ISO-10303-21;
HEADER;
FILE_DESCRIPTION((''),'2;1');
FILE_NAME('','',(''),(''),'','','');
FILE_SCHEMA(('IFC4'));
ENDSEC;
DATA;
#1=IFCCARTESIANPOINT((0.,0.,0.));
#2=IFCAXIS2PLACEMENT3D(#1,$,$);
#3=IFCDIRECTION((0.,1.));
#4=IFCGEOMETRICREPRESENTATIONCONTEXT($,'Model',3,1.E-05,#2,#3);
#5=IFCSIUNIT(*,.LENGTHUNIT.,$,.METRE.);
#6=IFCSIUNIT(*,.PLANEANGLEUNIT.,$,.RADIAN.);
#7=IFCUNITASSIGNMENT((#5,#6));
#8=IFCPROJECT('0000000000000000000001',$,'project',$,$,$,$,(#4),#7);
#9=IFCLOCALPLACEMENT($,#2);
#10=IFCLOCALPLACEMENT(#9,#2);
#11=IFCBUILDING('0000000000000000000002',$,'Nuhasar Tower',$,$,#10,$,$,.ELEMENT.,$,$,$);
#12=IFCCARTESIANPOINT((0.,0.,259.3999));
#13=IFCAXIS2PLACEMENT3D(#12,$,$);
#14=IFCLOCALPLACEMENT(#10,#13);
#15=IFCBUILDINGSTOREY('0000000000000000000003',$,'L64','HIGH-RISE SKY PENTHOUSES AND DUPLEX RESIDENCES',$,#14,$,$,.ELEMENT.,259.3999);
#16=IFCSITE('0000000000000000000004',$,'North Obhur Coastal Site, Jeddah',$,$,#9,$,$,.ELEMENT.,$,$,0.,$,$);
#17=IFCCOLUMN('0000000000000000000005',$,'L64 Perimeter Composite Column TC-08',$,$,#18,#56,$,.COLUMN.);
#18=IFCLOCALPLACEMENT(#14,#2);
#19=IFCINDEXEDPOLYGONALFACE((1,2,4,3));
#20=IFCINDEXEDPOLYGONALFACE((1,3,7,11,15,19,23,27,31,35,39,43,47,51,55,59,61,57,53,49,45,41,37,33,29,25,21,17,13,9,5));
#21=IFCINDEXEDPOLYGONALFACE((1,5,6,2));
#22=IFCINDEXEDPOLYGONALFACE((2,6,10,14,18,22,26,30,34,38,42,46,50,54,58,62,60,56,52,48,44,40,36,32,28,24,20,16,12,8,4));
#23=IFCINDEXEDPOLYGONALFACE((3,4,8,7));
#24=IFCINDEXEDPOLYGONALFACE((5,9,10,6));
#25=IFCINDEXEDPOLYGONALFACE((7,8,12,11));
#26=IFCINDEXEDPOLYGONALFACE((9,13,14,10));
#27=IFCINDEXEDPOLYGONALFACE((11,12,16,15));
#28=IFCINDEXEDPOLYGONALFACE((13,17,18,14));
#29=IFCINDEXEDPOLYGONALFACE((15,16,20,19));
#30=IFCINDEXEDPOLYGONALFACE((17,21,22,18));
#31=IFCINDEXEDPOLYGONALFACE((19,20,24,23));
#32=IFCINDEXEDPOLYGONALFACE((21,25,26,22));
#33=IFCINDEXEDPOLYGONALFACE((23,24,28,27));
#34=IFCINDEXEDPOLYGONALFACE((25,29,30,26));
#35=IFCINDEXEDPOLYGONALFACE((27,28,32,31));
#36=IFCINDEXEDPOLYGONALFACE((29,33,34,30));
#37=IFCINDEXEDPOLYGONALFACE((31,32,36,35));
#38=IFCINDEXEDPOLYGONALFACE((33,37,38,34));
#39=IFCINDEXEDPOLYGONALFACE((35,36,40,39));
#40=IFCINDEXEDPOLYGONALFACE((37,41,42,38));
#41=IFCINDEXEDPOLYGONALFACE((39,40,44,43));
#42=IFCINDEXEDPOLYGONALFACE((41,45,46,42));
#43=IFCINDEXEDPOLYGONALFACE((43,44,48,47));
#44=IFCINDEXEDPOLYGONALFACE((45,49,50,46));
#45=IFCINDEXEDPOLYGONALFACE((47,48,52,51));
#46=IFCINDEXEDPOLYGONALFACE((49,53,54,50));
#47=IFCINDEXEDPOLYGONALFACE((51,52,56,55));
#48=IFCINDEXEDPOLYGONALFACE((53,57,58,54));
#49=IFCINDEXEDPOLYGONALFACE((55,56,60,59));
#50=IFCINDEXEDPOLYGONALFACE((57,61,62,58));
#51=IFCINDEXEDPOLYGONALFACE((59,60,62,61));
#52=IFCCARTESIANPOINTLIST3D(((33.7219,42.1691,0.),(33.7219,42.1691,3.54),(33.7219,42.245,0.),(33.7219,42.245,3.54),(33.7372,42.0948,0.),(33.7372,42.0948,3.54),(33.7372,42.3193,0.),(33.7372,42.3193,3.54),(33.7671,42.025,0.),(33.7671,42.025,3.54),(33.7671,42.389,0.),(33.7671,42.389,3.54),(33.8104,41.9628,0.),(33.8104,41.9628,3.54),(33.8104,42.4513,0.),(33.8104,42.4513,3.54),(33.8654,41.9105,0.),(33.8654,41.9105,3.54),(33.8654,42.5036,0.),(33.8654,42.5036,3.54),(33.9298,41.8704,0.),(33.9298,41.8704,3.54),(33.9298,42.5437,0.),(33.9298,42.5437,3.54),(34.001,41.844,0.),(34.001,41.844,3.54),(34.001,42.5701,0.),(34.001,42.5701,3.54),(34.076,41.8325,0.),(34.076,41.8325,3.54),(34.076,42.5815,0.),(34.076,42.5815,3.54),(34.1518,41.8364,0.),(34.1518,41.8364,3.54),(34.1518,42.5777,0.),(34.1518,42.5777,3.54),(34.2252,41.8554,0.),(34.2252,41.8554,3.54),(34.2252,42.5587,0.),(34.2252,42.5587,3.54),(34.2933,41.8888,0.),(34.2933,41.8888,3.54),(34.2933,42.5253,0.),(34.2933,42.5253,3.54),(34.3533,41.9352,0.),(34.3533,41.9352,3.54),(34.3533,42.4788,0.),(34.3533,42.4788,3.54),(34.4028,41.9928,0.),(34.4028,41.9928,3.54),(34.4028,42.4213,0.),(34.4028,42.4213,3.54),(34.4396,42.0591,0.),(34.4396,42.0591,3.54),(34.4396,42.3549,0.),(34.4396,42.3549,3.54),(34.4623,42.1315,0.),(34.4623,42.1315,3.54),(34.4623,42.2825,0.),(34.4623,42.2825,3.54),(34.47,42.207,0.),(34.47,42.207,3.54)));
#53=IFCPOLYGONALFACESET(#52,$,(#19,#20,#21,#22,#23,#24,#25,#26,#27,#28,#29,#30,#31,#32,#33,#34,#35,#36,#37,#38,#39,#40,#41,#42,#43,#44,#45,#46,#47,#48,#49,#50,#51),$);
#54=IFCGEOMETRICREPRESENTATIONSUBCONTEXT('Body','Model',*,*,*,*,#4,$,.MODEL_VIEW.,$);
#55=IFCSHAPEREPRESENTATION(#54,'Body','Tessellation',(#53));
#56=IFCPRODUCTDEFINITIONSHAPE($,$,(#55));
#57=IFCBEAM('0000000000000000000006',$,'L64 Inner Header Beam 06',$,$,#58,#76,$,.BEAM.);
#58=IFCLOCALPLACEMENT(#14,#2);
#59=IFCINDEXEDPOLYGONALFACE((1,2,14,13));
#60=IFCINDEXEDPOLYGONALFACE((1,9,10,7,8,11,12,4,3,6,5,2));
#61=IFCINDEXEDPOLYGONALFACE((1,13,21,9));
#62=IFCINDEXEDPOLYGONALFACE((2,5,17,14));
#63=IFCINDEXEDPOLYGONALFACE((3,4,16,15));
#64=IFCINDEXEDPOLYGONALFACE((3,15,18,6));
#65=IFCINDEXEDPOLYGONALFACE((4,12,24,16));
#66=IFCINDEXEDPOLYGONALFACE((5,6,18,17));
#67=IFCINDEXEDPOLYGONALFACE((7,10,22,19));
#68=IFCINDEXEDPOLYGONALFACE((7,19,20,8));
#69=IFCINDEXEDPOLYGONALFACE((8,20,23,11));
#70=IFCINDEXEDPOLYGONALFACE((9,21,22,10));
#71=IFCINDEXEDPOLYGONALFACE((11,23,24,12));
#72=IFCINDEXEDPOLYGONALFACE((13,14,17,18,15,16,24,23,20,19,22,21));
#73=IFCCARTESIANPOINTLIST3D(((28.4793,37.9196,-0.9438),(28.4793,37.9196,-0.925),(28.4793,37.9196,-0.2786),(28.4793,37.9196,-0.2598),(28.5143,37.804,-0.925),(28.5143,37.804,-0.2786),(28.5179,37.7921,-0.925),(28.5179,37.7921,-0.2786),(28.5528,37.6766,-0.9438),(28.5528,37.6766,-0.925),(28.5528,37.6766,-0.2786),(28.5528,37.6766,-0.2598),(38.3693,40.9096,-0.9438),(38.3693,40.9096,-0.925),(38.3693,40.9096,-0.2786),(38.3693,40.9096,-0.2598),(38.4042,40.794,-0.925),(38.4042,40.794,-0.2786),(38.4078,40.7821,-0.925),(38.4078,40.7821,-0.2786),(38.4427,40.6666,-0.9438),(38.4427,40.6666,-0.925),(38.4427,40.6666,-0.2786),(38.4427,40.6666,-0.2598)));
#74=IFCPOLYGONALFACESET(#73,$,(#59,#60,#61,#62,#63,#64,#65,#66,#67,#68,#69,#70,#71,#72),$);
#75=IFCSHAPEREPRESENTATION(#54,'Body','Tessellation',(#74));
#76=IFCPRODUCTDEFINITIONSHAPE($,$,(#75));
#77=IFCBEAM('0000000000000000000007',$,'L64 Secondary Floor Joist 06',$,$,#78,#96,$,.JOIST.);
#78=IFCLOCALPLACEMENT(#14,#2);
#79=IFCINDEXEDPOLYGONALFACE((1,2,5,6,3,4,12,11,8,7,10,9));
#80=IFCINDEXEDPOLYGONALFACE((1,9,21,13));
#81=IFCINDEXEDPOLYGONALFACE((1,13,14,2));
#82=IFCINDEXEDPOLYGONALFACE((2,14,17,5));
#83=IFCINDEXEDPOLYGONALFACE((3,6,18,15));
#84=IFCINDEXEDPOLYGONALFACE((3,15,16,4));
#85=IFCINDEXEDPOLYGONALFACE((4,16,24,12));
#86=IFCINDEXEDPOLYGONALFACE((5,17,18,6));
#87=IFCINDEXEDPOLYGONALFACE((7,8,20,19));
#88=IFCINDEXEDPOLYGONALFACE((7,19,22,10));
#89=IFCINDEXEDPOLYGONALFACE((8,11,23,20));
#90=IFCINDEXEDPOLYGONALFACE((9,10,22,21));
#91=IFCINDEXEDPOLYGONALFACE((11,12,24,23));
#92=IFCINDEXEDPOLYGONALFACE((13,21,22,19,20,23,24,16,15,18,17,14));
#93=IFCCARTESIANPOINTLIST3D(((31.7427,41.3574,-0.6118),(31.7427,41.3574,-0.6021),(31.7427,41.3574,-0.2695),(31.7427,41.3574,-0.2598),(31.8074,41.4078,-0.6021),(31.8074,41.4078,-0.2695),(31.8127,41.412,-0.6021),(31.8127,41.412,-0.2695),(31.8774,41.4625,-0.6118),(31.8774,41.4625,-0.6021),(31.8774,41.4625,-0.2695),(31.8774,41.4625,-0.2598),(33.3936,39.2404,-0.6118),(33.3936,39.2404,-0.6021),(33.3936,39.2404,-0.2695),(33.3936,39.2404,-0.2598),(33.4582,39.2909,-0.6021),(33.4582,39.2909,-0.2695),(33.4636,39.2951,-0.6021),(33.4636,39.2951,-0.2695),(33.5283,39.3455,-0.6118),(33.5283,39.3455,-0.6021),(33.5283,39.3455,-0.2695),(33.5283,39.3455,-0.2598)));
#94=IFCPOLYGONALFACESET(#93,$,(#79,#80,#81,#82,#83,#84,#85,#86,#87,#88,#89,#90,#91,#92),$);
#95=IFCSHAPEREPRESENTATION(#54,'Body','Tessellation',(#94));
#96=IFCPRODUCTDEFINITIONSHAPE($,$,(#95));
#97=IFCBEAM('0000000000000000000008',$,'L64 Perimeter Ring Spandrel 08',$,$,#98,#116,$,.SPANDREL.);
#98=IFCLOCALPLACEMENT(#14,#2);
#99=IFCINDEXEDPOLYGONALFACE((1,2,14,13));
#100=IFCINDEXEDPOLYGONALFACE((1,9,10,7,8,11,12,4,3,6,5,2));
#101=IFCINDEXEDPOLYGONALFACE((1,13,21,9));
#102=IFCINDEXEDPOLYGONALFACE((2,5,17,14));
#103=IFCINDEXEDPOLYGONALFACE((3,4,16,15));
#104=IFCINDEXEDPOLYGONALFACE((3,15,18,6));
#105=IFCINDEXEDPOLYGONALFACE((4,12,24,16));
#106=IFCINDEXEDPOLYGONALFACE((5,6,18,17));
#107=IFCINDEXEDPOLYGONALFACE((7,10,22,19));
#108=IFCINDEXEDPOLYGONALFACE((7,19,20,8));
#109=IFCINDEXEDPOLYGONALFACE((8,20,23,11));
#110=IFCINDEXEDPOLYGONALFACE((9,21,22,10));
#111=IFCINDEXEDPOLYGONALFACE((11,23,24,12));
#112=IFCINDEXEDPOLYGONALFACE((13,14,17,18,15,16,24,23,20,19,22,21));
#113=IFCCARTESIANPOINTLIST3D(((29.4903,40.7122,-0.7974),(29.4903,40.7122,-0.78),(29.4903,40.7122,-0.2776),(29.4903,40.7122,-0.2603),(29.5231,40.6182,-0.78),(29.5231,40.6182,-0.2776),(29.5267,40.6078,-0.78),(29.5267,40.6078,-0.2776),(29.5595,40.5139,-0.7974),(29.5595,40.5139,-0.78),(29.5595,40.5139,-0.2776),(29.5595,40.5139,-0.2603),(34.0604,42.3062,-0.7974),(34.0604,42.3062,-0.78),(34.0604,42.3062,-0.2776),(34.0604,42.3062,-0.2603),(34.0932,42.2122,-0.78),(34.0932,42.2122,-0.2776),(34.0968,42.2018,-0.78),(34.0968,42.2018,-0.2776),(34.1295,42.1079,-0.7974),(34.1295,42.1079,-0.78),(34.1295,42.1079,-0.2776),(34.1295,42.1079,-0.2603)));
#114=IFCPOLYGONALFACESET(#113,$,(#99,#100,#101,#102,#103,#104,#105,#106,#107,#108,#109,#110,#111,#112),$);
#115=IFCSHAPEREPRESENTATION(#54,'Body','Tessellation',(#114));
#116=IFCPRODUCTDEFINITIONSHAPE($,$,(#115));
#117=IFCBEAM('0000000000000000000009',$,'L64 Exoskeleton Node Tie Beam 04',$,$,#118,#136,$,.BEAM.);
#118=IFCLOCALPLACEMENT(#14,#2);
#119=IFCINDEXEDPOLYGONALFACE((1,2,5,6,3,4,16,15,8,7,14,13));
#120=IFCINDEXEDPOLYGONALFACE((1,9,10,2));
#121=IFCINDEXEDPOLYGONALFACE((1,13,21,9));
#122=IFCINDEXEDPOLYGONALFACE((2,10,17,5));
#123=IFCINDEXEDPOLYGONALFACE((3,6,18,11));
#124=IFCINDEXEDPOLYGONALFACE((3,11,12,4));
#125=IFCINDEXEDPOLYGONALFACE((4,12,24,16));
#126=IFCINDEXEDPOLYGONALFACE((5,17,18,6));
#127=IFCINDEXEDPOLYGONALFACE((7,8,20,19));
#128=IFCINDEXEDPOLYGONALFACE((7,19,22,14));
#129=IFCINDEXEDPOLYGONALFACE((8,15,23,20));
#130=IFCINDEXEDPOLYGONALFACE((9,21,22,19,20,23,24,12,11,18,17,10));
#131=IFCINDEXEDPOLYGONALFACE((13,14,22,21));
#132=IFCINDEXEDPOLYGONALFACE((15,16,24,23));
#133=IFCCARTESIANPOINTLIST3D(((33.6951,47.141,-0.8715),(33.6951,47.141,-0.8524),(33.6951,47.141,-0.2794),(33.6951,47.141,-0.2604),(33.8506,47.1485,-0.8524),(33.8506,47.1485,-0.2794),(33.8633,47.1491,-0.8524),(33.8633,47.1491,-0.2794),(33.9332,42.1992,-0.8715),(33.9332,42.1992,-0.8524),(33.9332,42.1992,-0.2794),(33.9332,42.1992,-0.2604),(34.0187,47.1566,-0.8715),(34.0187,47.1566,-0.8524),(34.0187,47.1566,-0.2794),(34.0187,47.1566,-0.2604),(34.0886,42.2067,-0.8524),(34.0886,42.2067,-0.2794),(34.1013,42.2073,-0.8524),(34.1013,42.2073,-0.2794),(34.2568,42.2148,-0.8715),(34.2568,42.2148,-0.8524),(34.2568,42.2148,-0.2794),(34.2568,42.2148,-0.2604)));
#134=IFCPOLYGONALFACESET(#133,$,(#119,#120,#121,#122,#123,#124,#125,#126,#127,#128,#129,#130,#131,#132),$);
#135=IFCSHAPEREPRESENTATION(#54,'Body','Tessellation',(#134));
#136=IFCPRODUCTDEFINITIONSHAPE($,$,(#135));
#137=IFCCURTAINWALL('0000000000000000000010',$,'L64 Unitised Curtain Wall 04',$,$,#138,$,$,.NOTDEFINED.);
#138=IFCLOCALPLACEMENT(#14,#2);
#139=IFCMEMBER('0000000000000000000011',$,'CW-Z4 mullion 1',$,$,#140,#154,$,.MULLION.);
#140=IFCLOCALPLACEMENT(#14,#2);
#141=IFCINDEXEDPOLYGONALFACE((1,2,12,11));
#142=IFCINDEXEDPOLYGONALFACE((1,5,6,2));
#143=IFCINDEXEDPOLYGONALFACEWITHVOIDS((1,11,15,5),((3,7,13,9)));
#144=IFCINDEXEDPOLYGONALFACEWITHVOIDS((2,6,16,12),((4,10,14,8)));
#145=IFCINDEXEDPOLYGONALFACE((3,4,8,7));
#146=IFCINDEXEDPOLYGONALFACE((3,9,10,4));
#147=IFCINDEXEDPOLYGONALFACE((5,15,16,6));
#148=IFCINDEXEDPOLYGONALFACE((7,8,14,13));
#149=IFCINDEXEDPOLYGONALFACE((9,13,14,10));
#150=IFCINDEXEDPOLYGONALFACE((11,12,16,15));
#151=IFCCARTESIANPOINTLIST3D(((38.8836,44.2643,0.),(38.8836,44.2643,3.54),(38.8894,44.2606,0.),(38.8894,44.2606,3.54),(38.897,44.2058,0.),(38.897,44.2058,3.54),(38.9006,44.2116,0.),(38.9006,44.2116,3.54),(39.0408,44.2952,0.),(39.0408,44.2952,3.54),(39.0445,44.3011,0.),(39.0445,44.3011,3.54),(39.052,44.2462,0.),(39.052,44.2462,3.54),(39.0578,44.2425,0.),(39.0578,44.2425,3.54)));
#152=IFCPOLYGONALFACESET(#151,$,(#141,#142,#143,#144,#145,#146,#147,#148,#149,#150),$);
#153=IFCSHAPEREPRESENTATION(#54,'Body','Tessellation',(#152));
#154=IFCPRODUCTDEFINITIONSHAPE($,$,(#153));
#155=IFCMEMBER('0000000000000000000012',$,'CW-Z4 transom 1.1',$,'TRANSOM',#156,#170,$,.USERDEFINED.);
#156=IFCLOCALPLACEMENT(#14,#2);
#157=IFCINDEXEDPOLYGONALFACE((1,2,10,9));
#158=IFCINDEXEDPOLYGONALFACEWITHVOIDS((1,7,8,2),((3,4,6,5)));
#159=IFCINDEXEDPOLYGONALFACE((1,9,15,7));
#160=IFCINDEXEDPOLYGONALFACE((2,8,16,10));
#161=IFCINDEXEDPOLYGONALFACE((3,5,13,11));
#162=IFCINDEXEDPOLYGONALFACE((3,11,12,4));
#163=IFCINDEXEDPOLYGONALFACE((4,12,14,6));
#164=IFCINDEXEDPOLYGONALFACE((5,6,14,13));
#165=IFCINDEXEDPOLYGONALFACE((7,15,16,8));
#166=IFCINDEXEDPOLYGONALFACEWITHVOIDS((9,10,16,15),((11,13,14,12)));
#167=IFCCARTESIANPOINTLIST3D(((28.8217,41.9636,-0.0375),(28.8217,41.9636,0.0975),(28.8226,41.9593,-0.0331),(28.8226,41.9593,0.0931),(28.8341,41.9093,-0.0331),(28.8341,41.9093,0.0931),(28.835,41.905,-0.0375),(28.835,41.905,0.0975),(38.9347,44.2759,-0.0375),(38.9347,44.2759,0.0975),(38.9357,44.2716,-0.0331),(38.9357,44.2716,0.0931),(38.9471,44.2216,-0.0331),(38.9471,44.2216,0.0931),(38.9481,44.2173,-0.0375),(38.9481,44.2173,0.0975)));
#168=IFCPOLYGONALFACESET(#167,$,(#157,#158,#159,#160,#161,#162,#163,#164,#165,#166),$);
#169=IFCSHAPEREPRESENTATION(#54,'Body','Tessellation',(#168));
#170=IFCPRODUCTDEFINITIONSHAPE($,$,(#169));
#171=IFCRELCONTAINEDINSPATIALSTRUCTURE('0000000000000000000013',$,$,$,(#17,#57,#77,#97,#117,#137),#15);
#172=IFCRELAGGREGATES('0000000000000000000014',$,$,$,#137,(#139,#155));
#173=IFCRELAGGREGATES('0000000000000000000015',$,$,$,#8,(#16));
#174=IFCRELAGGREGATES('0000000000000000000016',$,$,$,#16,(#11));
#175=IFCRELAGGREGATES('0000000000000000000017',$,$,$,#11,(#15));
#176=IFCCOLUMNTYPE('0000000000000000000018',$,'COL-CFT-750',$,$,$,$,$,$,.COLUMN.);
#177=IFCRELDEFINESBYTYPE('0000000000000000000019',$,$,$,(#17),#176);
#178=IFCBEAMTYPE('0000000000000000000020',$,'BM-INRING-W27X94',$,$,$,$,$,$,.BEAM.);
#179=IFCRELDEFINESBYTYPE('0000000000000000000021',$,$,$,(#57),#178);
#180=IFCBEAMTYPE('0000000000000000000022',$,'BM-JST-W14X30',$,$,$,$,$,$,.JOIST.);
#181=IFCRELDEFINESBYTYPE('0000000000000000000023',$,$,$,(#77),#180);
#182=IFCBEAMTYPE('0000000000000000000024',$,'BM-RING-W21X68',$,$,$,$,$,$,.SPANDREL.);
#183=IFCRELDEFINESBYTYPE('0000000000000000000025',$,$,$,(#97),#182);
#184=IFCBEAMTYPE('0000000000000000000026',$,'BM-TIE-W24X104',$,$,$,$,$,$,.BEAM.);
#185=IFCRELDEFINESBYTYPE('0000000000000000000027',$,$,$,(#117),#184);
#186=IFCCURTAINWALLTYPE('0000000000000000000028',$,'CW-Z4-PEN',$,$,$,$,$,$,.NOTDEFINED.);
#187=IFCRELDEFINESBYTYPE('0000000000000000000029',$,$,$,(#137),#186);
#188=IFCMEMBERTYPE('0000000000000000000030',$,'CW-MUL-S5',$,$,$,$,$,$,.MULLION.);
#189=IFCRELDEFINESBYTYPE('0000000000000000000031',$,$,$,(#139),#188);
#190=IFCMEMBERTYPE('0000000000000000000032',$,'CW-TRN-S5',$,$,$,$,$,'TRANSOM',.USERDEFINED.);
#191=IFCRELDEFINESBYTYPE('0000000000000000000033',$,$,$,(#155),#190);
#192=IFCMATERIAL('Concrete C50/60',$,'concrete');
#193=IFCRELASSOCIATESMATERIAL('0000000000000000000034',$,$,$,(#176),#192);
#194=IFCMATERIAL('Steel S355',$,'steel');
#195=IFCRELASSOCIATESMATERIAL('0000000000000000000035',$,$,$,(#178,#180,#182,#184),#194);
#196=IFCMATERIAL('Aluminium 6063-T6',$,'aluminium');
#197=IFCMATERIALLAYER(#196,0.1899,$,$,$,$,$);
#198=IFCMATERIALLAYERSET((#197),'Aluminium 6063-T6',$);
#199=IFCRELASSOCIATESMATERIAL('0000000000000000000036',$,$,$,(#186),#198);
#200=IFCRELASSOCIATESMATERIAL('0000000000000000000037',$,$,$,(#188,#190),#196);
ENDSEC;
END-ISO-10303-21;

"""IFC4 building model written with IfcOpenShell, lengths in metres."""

from ifc_helpers import new_model, si_unit, direction, frame, origin, origin_2d, place, context, subcontext, project, spatial, hollow_rectangle, circle, i_section, extrude, material, layer, layer_set, material_profile, profile_set, type_object, element, aggregate, save


model = new_model("IFC4")

# Units and contexts
model_context = context("Model", 3, precision=1e-05, world=origin(), true_north=direction((0.0, 1.0)))
body_context = subcontext(model_context, "Body", "Model", "MODEL_VIEW")
ifc_project = project(units=[si_unit("LENGTHUNIT", "METRE"), si_unit("PLANEANGLEUNIT", "RADIAN")], contexts=[model_context])

# Site, building, storey
site_placement = place(None, origin())
site = spatial("IfcSite", under=ifc_project, at=site_placement, Name="North Obhur Coastal Site, Jeddah", CompositionType="ELEMENT", RefElevation=0.0)
building_placement = place(site_placement, origin())
building = spatial("IfcBuilding", under=site, at=building_placement, Name="Nuhasar Tower", CompositionType="ELEMENT")
storey_placement = place(building_placement, frame((0.0, 0.0, 259.3999)))
storey = spatial("IfcBuildingStorey", under=building, at=storey_placement, Name="L64", Description="HIGH-RISE SKY PENTHOUSES AND DUPLEX RESIDENCES", CompositionType="ELEMENT", Elevation=259.3999)

# Column
ifc_material_1 = material(Name="Concrete C50/60", Category="concrete")
ifc_material_profile_1 = material_profile(ifc_material_1, circle(Radius=0.375, at=origin_2d()), Name="CFT750")
ifc_profile_set_1 = profile_set([ifc_material_profile_1], Name="Concrete C50/60")
column_type = type_object("IfcColumnType", Name="COL-CFT-750", PredefinedType="COLUMN", material=ifc_profile_set_1)
column_placement = place(storey_placement, frame((34.095, 42.207, 0.0), z_axis=(0.0, 0.0, 1.0), x_axis=(1.0, 0.0, 0.0)))
element("IfcColumn", 1, at=column_placement, inside=storey, type_object=column_type, Name="L64 Perimeter Composite Column TC-08", PredefinedType="COLUMN", context=body_context, shape_type="SweptSolid", body=[
    extrude(circle(Radius=0.375, at=origin_2d()), origin(), (0.0, 0.0, 1.0), 3.54),
])

# Beams
ifc_material_2 = material(Name="Steel S355", Category="steel")
ifc_material_profile_2 = material_profile(ifc_material_2, i_section(OverallWidth=0.2539, OverallDepth=0.6841, WebThickness=0.0125, FlangeThickness=0.0188, at=origin_2d()), Name="W27X94")
ifc_profile_set_2 = profile_set([ifc_material_profile_2], Name="Steel S355")
beam_type_1 = type_object("IfcBeamType", Name="BM-INRING-W27X94", PredefinedType="BEAM", material=ifc_profile_set_2)
beam_1_placement = place(storey_placement, frame((38.406, 40.7881, -0.6018), z_axis=(-0.957211, -0.289392, 0.0), x_axis=(0.289392, -0.957211, 0.0)))
element("IfcBeam", 2, at=beam_1_placement, inside=storey, type_object=beam_type_1, Name="L64 Inner Header Beam 06", PredefinedType="BEAM", context=body_context, shape_type="SweptSolid", body=[
    extrude(i_section(OverallWidth=0.2539, OverallDepth=0.6841, WebThickness=0.0125, FlangeThickness=0.0188, at=origin_2d()), origin(), (0.0, 0.0, 1.0), 10.332),
])
ifc_material_profile_3 = material_profile(ifc_material_2, i_section(OverallWidth=0.1709, OverallDepth=0.3521, WebThickness=0.0068, FlangeThickness=0.0098, at=origin_2d()), Name="W14X30")
ifc_profile_set_3 = profile_set([ifc_material_profile_3], Name="Steel S355")
beam_type_2 = type_object("IfcBeamType", Name="BM-JST-W14X30", PredefinedType="JOIST", material=ifc_profile_set_3)
beam_2_placement = place(storey_placement, frame((33.4609, 39.293, -0.4358), z_axis=(-0.614954, 0.788563, 0.0), x_axis=(-0.788563, -0.614954, 0.0)))
element("IfcBeam", 3, at=beam_2_placement, inside=storey, type_object=beam_type_2, Name="L64 Secondary Floor Joist 06", PredefinedType="JOIST", context=body_context, shape_type="SweptSolid", body=[
    extrude(i_section(OverallWidth=0.1709, OverallDepth=0.3521, WebThickness=0.0068, FlangeThickness=0.0098, at=origin_2d()), origin(), (0.0, 0.0, 1.0), 2.6846),
])
ifc_material_profile_4 = material_profile(ifc_material_2, i_section(OverallWidth=0.21, OverallDepth=0.5371, WebThickness=0.011, FlangeThickness=0.0173, at=origin_2d()), Name="W21X68")
ifc_profile_set_4 = profile_set([ifc_material_profile_4], Name="Steel S355")
beam_type_3 = type_object("IfcBeamType", Name="BM-RING-W21X68", PredefinedType="SPANDREL", material=ifc_profile_set_4)
beam_3_placement = place(storey_placement, frame((34.095, 42.207, -0.5288), z_axis=(-0.944214, -0.329332, 0.0), x_axis=(0.329332, -0.944214, 0.0)))
element("IfcBeam", 4, at=beam_3_placement, inside=storey, type_object=beam_type_3, Name="L64 Perimeter Ring Spandrel 08", PredefinedType="SPANDREL", context=body_context, shape_type="SweptSolid", body=[
    extrude(i_section(OverallWidth=0.21, OverallDepth=0.5371, WebThickness=0.011, FlangeThickness=0.0173, at=origin_2d()), origin(), (0.0, 0.0, 1.0), 4.8401),
])
ifc_material_profile_5 = material_profile(ifc_material_2, i_section(OverallWidth=0.324, OverallDepth=0.6111, WebThickness=0.0127, FlangeThickness=0.019, at=origin_2d()), Name="W24X104")
ifc_profile_set_5 = profile_set([ifc_material_profile_5], Name="Steel S355")
beam_type_4 = type_object("IfcBeamType", Name="BM-TIE-W24X104", PredefinedType="BEAM", material=ifc_profile_set_5)
beam_4_placement = place(storey_placement, frame((34.095, 42.207, -0.5659), z_axis=(-0.048111, 0.998842, 0.0), x_axis=(-0.998842, -0.048111, 0.0)))
element("IfcBeam", 5, at=beam_4_placement, inside=storey, type_object=beam_type_4, Name="L64 Exoskeleton Node Tie Beam 04", PredefinedType="BEAM", context=body_context, shape_type="SweptSolid", body=[
    extrude(i_section(OverallWidth=0.324, OverallDepth=0.6111, WebThickness=0.0127, FlangeThickness=0.019, at=origin_2d()), origin(), (0.0, 0.0, 1.0), 4.9475),
])

# Curtain wall, members
ifc_material_3 = material(Name="Aluminium 6063-T6", Category="aluminium")
ifc_layer_1 = layer(ifc_material_3, 0.1899)
ifc_layer_set_1 = layer_set([ifc_layer_1], Name="Aluminium 6063-T6")
curtain_wall_type = type_object("IfcCurtainWallType", Name="CW-Z4-PEN", PredefinedType="NOTDEFINED", material=ifc_layer_set_1)
curtain_wall_placement = place(storey_placement, origin())
curtain_wall = element("IfcCurtainWall", 6, at=curtain_wall_placement, inside=storey, type_object=curtain_wall_type, Name="L64 Unitised Curtain Wall 04", PredefinedType="NOTDEFINED")
ifc_material_profile_6 = material_profile(ifc_material_3, hollow_rectangle(XDim=0.0601, YDim=0.165, WallThickness=0.0049, at=origin_2d()), Name="CWM-5")
ifc_profile_set_6 = profile_set([ifc_material_profile_6], Name="Aluminium 6063-T6")
member_type_1 = type_object("IfcMemberType", Name="CW-MUL-S5", PredefinedType="MULLION", material=ifc_profile_set_6)
member_1_placement = place(storey_placement, frame((38.9707, 44.2534, 0.0), z_axis=(0.0, 0.0, 1.0), x_axis=(0.222889, -0.974844, 0.0)))
member_1 = element("IfcMember", 7, at=member_1_placement, type_object=member_type_1, Name="CW-Z4 mullion 1", PredefinedType="MULLION", context=body_context, shape_type="SweptSolid", body=[
    extrude(hollow_rectangle(XDim=0.0601, YDim=0.165, WallThickness=0.0049, at=origin_2d()), origin(), (0.0, 0.0, 1.0), 3.54),
])
ifc_material_profile_7 = material_profile(ifc_material_3, hollow_rectangle(XDim=0.0601, YDim=0.135, WallThickness=0.0044, at=origin_2d()), Name="CWT-5")
ifc_profile_set_7 = profile_set([ifc_material_profile_7], Name="Aluminium 6063-T6")
member_type_2 = type_object("IfcMemberType", Name="CW-TRN-S5", ElementType="TRANSOM", PredefinedType="USERDEFINED", material=ifc_profile_set_7)
member_2_placement = place(storey_placement, frame((38.9414, 44.2466, 0.03), z_axis=(-0.974844, -0.222889, 0.0), x_axis=(0.222889, -0.974844, 0.0)))
member_2 = element("IfcMember", 8, at=member_2_placement, type_object=member_type_2, Name="CW-Z4 transom 1.1", ObjectType="TRANSOM", PredefinedType="USERDEFINED", context=body_context, shape_type="SweptSolid", body=[
    extrude(hollow_rectangle(XDim=0.0601, YDim=0.135, WallThickness=0.0044, at=origin_2d()), origin(), (0.0, 0.0, 1.0), 10.374),
])

aggregate(curtain_wall, [member_1, member_2])

save(model, "model.ifc")
